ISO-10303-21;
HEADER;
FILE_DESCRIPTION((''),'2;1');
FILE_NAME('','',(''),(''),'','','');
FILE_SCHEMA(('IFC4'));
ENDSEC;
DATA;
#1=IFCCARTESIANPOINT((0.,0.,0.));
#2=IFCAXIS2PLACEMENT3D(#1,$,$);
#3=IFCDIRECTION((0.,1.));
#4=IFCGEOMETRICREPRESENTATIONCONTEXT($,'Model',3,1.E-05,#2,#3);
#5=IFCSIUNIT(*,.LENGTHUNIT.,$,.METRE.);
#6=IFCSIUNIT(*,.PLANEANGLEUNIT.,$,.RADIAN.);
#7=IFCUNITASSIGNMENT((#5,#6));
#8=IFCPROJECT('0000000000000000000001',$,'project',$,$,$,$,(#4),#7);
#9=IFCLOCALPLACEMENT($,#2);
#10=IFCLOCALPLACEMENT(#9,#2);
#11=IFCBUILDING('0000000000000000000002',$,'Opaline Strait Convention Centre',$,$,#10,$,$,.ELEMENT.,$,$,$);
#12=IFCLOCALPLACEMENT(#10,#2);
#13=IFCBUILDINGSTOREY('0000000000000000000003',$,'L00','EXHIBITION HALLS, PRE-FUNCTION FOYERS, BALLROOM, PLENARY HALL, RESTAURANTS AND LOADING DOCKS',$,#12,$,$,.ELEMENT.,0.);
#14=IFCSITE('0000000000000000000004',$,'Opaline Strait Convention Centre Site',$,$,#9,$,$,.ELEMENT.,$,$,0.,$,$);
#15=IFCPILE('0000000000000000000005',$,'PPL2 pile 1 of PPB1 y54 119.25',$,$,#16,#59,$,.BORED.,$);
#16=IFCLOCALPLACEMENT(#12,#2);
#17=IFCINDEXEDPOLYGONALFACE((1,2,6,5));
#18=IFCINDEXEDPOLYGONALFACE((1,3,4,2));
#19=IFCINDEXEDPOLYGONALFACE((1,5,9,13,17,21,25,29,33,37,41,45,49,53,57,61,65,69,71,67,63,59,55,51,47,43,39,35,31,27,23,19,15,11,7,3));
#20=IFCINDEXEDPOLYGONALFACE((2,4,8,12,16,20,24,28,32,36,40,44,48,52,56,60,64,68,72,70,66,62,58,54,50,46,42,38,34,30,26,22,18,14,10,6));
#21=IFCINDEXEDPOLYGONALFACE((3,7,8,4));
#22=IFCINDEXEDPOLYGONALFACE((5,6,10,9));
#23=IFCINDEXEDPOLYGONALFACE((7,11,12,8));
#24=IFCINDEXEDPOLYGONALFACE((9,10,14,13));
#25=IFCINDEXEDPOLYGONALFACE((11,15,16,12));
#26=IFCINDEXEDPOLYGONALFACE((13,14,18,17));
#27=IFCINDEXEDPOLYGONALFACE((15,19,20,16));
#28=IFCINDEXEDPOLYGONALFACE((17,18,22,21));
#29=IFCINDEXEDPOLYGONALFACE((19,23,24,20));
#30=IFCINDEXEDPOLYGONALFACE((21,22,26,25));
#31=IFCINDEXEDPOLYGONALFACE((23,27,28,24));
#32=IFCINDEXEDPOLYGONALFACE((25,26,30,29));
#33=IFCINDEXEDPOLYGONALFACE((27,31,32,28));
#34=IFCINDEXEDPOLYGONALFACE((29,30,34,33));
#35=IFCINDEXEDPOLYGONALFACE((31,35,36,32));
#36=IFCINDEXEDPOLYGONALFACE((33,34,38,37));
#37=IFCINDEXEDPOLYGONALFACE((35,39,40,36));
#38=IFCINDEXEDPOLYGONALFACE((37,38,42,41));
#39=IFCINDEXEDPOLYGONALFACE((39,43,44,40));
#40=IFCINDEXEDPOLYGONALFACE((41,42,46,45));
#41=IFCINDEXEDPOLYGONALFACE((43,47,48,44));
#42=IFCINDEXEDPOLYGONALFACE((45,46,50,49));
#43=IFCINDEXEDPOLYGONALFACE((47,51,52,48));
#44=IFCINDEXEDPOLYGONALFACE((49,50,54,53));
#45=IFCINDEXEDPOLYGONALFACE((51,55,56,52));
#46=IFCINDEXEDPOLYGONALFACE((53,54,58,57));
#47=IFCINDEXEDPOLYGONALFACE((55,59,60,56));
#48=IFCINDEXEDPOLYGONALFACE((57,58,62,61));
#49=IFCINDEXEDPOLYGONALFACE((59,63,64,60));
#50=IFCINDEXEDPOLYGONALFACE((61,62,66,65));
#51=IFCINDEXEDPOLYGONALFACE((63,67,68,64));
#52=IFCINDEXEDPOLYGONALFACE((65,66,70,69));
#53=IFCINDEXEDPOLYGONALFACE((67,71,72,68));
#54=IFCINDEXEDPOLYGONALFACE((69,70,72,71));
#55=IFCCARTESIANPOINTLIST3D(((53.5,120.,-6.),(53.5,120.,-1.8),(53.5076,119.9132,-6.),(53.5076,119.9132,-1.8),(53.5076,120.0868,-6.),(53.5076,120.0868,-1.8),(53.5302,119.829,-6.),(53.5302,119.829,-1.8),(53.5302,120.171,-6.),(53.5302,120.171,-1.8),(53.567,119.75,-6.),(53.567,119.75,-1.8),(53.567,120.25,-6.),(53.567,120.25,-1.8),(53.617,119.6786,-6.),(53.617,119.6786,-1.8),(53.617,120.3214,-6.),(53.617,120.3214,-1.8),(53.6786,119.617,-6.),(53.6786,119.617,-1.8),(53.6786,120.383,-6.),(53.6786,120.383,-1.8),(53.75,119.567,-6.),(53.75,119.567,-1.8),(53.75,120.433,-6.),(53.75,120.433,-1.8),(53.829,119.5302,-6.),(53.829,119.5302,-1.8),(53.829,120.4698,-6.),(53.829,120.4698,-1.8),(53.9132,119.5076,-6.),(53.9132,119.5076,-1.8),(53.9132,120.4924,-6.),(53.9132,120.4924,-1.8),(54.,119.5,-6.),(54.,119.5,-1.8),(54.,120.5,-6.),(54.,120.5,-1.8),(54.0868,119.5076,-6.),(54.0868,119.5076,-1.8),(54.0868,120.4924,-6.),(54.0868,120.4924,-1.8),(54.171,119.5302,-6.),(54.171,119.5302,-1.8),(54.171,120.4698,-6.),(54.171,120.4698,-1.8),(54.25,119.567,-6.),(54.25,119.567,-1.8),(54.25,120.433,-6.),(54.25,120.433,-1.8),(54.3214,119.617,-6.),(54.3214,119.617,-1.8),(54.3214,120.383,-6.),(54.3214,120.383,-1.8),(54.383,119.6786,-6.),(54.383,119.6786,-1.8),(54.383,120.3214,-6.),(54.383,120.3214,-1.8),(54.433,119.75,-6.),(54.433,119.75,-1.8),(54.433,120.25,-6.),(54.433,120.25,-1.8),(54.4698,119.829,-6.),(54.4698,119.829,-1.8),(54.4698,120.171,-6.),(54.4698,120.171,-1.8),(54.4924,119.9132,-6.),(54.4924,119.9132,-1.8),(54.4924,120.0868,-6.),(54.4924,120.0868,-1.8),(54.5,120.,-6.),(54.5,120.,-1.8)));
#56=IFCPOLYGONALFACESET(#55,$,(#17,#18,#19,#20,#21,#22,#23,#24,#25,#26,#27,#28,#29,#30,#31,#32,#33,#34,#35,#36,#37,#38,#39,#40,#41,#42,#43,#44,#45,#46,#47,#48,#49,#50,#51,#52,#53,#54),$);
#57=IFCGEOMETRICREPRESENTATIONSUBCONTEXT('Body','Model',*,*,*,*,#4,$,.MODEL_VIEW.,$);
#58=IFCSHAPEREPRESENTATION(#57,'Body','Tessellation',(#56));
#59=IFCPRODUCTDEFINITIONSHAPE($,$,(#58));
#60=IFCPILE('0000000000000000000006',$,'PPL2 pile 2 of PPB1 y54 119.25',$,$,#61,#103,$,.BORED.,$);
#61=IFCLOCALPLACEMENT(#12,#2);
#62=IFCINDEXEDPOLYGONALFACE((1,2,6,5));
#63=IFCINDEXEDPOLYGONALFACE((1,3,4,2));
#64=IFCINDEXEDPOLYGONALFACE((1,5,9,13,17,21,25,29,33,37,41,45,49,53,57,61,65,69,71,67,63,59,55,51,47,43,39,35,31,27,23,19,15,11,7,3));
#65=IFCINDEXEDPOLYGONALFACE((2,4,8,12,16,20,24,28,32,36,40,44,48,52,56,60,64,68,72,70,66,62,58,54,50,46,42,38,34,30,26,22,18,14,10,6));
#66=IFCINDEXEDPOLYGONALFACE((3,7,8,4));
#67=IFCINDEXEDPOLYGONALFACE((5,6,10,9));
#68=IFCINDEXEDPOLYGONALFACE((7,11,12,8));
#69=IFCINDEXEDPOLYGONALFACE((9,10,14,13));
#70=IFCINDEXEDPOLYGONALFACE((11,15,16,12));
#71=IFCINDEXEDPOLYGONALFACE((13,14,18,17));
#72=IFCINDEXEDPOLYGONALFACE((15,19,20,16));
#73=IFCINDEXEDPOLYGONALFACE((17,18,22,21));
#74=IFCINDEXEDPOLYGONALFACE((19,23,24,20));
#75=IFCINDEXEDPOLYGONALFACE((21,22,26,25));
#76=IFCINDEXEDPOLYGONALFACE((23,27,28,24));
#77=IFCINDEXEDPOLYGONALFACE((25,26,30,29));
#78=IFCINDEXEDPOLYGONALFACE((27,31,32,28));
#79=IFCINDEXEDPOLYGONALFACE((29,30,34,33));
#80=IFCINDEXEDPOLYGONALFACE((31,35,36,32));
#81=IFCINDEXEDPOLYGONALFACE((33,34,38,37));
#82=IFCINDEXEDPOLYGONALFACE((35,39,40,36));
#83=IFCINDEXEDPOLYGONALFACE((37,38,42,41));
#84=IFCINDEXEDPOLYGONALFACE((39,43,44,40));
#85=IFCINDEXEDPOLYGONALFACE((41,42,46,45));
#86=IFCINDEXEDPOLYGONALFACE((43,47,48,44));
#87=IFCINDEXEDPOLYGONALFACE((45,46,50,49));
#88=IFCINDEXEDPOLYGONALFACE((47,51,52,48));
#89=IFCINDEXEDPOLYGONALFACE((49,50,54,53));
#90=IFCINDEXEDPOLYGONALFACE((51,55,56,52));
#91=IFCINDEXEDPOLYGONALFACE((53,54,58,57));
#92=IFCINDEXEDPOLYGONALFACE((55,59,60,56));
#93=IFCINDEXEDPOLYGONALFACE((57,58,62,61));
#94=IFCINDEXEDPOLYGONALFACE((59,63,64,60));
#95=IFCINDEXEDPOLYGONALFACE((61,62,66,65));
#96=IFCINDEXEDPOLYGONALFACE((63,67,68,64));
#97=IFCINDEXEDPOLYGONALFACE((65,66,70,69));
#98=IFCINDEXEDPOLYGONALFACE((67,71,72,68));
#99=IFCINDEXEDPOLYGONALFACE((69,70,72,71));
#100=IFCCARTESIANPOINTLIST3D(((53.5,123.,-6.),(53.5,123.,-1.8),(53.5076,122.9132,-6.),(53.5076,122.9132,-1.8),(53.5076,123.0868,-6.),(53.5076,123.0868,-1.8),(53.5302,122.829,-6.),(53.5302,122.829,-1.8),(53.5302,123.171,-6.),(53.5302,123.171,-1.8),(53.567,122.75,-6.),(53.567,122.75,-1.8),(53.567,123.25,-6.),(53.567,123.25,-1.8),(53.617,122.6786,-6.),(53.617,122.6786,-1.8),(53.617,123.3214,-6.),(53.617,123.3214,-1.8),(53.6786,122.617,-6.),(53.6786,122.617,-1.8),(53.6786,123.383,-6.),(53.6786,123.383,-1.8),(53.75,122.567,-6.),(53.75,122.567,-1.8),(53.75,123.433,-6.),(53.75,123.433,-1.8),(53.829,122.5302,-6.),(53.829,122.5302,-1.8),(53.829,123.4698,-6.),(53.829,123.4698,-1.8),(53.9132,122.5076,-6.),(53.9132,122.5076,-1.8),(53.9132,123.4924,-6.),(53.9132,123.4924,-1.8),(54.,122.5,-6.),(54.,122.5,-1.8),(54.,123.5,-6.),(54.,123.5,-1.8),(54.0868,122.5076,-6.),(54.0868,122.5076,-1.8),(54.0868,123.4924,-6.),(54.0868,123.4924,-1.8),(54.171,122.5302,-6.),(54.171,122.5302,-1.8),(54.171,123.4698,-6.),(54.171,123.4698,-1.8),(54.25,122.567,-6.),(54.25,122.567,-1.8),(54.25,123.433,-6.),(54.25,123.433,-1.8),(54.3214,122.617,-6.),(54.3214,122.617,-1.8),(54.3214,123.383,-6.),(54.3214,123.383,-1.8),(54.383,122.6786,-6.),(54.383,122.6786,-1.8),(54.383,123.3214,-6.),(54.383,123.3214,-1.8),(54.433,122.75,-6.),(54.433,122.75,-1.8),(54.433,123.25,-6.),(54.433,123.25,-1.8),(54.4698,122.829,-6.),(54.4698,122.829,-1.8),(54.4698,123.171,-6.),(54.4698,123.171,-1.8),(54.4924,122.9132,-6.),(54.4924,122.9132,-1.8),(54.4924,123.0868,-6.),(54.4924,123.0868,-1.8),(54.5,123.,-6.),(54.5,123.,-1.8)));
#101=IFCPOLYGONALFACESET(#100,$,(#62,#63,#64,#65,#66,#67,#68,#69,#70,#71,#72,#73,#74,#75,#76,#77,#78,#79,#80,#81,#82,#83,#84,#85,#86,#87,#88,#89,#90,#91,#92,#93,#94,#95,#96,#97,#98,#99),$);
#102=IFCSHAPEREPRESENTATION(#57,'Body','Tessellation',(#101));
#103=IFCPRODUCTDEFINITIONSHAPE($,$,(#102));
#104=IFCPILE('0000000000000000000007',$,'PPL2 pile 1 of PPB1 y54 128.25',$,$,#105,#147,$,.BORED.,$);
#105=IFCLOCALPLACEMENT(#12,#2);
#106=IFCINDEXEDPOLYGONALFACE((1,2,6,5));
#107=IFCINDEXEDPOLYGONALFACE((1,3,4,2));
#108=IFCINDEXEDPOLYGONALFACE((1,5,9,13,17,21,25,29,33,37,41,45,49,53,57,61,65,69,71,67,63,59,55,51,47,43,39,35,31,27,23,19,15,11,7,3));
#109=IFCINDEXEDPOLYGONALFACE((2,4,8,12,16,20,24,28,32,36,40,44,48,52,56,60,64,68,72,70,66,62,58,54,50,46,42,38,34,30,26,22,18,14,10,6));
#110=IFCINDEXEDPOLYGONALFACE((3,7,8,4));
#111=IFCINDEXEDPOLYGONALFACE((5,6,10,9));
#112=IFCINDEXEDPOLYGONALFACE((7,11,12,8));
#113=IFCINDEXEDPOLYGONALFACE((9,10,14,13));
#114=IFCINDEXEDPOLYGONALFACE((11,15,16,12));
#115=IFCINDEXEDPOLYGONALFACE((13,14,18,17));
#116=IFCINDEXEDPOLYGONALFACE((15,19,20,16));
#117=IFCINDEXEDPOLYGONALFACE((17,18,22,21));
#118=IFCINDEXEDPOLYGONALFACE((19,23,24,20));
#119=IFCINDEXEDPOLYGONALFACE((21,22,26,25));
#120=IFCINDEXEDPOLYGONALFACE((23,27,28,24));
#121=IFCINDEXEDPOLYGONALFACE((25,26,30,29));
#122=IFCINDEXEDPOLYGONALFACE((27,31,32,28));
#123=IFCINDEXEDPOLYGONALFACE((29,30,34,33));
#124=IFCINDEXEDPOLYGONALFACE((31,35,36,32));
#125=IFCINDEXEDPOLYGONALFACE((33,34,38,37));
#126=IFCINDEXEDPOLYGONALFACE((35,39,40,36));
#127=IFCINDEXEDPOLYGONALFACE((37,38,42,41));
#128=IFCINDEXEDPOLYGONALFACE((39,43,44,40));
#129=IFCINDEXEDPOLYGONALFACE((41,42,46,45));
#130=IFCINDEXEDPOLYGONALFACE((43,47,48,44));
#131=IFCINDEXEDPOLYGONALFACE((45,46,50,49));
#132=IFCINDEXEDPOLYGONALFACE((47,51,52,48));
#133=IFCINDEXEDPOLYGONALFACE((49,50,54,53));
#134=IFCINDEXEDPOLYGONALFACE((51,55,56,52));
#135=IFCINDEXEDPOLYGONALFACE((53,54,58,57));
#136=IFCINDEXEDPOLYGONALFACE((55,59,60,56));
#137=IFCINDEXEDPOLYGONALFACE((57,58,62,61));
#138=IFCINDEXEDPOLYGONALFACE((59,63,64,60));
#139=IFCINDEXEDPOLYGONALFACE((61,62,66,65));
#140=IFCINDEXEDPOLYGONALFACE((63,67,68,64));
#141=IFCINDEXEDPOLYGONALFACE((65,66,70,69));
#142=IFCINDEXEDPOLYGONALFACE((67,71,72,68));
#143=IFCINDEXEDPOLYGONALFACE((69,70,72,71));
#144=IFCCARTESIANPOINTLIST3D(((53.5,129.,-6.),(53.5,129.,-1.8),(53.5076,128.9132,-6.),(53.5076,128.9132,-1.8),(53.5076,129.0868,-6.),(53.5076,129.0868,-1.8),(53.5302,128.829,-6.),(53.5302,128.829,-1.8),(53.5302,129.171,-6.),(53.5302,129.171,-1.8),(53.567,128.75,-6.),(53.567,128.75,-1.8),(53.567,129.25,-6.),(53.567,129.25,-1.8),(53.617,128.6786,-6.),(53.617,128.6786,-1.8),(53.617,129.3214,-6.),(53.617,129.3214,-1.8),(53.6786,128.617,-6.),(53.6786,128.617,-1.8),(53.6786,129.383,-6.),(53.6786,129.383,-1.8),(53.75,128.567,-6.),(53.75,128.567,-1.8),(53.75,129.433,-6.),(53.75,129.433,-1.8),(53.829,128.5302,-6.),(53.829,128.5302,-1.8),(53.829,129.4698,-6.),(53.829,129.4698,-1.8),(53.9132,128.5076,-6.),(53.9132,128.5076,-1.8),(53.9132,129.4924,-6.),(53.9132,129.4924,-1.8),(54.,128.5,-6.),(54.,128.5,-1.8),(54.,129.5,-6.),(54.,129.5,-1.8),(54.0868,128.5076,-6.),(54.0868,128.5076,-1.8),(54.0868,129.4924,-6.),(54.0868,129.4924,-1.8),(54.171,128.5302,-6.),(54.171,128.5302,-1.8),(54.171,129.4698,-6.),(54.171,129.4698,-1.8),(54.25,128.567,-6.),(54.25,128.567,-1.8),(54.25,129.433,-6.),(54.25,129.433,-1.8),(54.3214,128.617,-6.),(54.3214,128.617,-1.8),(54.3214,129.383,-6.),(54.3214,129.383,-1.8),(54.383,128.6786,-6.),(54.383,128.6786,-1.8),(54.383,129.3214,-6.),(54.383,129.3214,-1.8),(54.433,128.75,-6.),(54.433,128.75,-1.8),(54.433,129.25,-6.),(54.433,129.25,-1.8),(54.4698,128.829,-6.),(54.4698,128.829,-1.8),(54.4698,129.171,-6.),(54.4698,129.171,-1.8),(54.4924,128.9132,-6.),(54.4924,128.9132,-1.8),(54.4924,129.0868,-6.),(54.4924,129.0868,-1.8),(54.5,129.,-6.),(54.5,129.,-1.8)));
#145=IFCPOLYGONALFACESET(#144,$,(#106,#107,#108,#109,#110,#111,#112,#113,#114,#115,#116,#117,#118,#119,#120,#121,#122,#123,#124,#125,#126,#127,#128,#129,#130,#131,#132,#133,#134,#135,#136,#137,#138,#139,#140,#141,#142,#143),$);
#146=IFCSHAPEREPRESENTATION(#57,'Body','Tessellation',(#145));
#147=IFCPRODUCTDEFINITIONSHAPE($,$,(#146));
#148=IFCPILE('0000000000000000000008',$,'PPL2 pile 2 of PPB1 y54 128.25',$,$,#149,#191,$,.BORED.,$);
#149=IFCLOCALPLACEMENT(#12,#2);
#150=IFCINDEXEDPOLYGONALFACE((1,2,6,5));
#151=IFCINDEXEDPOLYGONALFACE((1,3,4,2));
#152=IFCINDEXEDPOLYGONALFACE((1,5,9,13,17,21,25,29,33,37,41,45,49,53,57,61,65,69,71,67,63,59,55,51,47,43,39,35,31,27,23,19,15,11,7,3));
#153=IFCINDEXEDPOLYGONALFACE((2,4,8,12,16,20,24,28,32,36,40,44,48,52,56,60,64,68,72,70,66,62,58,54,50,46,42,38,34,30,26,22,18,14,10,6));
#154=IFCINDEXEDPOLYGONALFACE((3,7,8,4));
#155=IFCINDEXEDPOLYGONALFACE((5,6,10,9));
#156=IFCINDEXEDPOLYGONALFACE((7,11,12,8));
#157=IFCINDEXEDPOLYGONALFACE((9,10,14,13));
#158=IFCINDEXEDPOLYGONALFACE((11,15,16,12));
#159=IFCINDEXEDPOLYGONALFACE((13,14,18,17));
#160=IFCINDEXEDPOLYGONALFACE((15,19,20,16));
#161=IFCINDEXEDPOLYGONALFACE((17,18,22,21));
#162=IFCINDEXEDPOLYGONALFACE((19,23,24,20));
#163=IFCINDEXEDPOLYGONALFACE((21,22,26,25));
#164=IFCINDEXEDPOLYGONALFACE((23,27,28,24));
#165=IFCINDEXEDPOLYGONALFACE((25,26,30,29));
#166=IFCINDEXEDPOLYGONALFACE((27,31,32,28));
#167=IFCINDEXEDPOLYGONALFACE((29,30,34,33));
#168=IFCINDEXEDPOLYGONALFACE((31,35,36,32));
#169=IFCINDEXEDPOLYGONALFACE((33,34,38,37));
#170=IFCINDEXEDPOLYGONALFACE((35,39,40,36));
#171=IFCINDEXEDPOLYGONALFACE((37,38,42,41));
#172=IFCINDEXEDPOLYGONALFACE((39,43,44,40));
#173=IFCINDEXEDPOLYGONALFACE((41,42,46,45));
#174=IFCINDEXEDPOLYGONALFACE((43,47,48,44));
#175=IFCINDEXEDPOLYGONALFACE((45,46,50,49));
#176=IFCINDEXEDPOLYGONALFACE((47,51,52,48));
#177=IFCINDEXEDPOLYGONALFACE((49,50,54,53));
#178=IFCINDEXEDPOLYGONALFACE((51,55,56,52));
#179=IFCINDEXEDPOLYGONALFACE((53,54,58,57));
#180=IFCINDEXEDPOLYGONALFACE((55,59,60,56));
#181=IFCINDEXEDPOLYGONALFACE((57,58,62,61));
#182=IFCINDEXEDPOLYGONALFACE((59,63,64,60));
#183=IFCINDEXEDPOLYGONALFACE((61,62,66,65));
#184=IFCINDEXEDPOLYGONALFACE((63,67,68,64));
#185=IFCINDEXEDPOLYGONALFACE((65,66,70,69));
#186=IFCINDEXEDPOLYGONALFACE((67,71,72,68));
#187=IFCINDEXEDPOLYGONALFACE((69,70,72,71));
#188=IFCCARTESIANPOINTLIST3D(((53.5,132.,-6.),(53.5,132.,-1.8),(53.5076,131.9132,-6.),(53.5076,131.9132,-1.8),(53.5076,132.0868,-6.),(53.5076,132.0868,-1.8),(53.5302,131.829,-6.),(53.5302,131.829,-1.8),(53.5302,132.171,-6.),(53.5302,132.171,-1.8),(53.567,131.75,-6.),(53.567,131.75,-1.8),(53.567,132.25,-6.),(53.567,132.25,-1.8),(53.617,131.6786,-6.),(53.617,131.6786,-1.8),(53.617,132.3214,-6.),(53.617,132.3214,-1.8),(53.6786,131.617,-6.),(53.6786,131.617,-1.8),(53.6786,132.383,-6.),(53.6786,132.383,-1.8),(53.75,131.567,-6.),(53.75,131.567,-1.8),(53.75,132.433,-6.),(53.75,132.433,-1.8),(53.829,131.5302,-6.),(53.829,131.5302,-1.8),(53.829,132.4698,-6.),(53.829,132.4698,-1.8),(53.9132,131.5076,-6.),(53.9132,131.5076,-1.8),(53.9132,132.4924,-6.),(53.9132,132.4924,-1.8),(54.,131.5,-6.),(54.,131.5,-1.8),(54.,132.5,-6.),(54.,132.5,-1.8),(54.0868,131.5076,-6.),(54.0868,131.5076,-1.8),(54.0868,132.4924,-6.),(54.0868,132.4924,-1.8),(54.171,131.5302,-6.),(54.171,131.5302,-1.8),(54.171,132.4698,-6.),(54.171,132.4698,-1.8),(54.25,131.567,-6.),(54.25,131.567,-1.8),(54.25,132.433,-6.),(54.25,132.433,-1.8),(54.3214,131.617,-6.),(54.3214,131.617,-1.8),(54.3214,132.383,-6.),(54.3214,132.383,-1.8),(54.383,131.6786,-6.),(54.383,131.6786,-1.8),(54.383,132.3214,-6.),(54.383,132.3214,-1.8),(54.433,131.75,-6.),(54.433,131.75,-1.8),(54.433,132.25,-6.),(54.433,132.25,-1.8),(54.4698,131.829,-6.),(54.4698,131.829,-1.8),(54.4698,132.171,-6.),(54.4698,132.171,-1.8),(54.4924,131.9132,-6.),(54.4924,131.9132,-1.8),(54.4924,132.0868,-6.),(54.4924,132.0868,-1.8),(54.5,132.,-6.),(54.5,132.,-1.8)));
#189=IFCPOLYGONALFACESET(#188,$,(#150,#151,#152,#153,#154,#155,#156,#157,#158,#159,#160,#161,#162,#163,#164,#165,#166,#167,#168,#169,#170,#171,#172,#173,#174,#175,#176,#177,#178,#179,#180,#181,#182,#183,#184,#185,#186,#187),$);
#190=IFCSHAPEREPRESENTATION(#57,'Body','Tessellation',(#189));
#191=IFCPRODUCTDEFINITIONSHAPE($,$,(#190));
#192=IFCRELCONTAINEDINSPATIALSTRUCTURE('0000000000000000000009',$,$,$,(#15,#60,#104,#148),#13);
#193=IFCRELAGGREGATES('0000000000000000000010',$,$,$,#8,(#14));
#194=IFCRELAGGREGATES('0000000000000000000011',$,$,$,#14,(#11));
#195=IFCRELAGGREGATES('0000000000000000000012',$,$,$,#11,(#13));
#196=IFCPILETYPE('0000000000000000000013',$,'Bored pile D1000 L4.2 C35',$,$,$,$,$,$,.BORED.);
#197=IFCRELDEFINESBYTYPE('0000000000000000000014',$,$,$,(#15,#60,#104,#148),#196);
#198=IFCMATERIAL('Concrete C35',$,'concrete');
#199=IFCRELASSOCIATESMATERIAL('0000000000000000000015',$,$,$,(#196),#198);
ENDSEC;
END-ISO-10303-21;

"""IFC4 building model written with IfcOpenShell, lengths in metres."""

from ifc_helpers import new_model, si_unit, direction, frame, origin, origin_2d, place, context, subcontext, project, spatial, circle, extrude, material, material_profile, profile_set, type_object, element, save


model = new_model("IFC4")

# Units and contexts
model_context = context("Model", 3, precision=1e-05, world=origin(), true_north=direction((0.0, 1.0)))
body_context = subcontext(model_context, "Body", "Model", "MODEL_VIEW")
ifc_project = project(units=[si_unit("LENGTHUNIT", "METRE"), si_unit("PLANEANGLEUNIT", "RADIAN")], contexts=[model_context])

# Site, building, storey
site_placement = place(None, origin())
site = spatial("IfcSite", under=ifc_project, at=site_placement, Name="Opaline Strait Convention Centre Site", CompositionType="ELEMENT", RefElevation=0.0)
building_placement = place(site_placement, origin())
building = spatial("IfcBuilding", under=site, at=building_placement, Name="Opaline Strait Convention Centre", CompositionType="ELEMENT")
storey_placement = place(building_placement, origin())
storey = spatial("IfcBuildingStorey", under=building, at=storey_placement, Name="L00", Description="EXHIBITION HALLS, PRE-FUNCTION FOYERS, BALLROOM, PLENARY HALL, RESTAURANTS AND LOADING DOCKS", CompositionType="ELEMENT", Elevation=0.0)

# Piles
ifc_material_1 = material(Name="Concrete C35", Category="concrete")
ifc_material_profile_1 = material_profile(ifc_material_1, circle(Radius=0.5, at=origin_2d()), Name="D1000")
ifc_profile_set_1 = profile_set([ifc_material_profile_1], Name="Concrete C35")
pile_type_1 = type_object("IfcPileType", Name="Bored pile D1000 L4.2 C35", PredefinedType="BORED", material=ifc_profile_set_1)
for number, where, z_axis, x_axis, name in (
    (1, (54.0, 120.0, -1.8), (0.0, 0.0, -1.0), (1.0, 0.0, 0.0), "PPL2 pile 1 of PPB1 y54 119.25"),
    (2, (54.0, 123.0, -1.8), (0.0, 0.0, -1.0), (1.0, 0.0, 0.0), "PPL2 pile 2 of PPB1 y54 119.25"),
    (3, (54.0, 129.0, -1.8), (0.0, 0.0, -1.0), (1.0, 0.0, 0.0), "PPL2 pile 1 of PPB1 y54 128.25"),
    (4, (54.0, 132.0, -1.8), (0.0, 0.0, -1.0), (1.0, 0.0, 0.0), "PPL2 pile 2 of PPB1 y54 128.25"),
):
    element("IfcPile", number, at=place(storey_placement, frame(where, z_axis=z_axis, x_axis=x_axis)), inside=storey, type_object=pile_type_1, Name=name, PredefinedType="BORED", context=body_context, shape_type="SweptSolid", body=[
        extrude(circle(Radius=0.5, at=origin_2d()), origin(), (0.0, 0.0, 1.0), 4.2),
    ])

save(model, "model.ifc")
